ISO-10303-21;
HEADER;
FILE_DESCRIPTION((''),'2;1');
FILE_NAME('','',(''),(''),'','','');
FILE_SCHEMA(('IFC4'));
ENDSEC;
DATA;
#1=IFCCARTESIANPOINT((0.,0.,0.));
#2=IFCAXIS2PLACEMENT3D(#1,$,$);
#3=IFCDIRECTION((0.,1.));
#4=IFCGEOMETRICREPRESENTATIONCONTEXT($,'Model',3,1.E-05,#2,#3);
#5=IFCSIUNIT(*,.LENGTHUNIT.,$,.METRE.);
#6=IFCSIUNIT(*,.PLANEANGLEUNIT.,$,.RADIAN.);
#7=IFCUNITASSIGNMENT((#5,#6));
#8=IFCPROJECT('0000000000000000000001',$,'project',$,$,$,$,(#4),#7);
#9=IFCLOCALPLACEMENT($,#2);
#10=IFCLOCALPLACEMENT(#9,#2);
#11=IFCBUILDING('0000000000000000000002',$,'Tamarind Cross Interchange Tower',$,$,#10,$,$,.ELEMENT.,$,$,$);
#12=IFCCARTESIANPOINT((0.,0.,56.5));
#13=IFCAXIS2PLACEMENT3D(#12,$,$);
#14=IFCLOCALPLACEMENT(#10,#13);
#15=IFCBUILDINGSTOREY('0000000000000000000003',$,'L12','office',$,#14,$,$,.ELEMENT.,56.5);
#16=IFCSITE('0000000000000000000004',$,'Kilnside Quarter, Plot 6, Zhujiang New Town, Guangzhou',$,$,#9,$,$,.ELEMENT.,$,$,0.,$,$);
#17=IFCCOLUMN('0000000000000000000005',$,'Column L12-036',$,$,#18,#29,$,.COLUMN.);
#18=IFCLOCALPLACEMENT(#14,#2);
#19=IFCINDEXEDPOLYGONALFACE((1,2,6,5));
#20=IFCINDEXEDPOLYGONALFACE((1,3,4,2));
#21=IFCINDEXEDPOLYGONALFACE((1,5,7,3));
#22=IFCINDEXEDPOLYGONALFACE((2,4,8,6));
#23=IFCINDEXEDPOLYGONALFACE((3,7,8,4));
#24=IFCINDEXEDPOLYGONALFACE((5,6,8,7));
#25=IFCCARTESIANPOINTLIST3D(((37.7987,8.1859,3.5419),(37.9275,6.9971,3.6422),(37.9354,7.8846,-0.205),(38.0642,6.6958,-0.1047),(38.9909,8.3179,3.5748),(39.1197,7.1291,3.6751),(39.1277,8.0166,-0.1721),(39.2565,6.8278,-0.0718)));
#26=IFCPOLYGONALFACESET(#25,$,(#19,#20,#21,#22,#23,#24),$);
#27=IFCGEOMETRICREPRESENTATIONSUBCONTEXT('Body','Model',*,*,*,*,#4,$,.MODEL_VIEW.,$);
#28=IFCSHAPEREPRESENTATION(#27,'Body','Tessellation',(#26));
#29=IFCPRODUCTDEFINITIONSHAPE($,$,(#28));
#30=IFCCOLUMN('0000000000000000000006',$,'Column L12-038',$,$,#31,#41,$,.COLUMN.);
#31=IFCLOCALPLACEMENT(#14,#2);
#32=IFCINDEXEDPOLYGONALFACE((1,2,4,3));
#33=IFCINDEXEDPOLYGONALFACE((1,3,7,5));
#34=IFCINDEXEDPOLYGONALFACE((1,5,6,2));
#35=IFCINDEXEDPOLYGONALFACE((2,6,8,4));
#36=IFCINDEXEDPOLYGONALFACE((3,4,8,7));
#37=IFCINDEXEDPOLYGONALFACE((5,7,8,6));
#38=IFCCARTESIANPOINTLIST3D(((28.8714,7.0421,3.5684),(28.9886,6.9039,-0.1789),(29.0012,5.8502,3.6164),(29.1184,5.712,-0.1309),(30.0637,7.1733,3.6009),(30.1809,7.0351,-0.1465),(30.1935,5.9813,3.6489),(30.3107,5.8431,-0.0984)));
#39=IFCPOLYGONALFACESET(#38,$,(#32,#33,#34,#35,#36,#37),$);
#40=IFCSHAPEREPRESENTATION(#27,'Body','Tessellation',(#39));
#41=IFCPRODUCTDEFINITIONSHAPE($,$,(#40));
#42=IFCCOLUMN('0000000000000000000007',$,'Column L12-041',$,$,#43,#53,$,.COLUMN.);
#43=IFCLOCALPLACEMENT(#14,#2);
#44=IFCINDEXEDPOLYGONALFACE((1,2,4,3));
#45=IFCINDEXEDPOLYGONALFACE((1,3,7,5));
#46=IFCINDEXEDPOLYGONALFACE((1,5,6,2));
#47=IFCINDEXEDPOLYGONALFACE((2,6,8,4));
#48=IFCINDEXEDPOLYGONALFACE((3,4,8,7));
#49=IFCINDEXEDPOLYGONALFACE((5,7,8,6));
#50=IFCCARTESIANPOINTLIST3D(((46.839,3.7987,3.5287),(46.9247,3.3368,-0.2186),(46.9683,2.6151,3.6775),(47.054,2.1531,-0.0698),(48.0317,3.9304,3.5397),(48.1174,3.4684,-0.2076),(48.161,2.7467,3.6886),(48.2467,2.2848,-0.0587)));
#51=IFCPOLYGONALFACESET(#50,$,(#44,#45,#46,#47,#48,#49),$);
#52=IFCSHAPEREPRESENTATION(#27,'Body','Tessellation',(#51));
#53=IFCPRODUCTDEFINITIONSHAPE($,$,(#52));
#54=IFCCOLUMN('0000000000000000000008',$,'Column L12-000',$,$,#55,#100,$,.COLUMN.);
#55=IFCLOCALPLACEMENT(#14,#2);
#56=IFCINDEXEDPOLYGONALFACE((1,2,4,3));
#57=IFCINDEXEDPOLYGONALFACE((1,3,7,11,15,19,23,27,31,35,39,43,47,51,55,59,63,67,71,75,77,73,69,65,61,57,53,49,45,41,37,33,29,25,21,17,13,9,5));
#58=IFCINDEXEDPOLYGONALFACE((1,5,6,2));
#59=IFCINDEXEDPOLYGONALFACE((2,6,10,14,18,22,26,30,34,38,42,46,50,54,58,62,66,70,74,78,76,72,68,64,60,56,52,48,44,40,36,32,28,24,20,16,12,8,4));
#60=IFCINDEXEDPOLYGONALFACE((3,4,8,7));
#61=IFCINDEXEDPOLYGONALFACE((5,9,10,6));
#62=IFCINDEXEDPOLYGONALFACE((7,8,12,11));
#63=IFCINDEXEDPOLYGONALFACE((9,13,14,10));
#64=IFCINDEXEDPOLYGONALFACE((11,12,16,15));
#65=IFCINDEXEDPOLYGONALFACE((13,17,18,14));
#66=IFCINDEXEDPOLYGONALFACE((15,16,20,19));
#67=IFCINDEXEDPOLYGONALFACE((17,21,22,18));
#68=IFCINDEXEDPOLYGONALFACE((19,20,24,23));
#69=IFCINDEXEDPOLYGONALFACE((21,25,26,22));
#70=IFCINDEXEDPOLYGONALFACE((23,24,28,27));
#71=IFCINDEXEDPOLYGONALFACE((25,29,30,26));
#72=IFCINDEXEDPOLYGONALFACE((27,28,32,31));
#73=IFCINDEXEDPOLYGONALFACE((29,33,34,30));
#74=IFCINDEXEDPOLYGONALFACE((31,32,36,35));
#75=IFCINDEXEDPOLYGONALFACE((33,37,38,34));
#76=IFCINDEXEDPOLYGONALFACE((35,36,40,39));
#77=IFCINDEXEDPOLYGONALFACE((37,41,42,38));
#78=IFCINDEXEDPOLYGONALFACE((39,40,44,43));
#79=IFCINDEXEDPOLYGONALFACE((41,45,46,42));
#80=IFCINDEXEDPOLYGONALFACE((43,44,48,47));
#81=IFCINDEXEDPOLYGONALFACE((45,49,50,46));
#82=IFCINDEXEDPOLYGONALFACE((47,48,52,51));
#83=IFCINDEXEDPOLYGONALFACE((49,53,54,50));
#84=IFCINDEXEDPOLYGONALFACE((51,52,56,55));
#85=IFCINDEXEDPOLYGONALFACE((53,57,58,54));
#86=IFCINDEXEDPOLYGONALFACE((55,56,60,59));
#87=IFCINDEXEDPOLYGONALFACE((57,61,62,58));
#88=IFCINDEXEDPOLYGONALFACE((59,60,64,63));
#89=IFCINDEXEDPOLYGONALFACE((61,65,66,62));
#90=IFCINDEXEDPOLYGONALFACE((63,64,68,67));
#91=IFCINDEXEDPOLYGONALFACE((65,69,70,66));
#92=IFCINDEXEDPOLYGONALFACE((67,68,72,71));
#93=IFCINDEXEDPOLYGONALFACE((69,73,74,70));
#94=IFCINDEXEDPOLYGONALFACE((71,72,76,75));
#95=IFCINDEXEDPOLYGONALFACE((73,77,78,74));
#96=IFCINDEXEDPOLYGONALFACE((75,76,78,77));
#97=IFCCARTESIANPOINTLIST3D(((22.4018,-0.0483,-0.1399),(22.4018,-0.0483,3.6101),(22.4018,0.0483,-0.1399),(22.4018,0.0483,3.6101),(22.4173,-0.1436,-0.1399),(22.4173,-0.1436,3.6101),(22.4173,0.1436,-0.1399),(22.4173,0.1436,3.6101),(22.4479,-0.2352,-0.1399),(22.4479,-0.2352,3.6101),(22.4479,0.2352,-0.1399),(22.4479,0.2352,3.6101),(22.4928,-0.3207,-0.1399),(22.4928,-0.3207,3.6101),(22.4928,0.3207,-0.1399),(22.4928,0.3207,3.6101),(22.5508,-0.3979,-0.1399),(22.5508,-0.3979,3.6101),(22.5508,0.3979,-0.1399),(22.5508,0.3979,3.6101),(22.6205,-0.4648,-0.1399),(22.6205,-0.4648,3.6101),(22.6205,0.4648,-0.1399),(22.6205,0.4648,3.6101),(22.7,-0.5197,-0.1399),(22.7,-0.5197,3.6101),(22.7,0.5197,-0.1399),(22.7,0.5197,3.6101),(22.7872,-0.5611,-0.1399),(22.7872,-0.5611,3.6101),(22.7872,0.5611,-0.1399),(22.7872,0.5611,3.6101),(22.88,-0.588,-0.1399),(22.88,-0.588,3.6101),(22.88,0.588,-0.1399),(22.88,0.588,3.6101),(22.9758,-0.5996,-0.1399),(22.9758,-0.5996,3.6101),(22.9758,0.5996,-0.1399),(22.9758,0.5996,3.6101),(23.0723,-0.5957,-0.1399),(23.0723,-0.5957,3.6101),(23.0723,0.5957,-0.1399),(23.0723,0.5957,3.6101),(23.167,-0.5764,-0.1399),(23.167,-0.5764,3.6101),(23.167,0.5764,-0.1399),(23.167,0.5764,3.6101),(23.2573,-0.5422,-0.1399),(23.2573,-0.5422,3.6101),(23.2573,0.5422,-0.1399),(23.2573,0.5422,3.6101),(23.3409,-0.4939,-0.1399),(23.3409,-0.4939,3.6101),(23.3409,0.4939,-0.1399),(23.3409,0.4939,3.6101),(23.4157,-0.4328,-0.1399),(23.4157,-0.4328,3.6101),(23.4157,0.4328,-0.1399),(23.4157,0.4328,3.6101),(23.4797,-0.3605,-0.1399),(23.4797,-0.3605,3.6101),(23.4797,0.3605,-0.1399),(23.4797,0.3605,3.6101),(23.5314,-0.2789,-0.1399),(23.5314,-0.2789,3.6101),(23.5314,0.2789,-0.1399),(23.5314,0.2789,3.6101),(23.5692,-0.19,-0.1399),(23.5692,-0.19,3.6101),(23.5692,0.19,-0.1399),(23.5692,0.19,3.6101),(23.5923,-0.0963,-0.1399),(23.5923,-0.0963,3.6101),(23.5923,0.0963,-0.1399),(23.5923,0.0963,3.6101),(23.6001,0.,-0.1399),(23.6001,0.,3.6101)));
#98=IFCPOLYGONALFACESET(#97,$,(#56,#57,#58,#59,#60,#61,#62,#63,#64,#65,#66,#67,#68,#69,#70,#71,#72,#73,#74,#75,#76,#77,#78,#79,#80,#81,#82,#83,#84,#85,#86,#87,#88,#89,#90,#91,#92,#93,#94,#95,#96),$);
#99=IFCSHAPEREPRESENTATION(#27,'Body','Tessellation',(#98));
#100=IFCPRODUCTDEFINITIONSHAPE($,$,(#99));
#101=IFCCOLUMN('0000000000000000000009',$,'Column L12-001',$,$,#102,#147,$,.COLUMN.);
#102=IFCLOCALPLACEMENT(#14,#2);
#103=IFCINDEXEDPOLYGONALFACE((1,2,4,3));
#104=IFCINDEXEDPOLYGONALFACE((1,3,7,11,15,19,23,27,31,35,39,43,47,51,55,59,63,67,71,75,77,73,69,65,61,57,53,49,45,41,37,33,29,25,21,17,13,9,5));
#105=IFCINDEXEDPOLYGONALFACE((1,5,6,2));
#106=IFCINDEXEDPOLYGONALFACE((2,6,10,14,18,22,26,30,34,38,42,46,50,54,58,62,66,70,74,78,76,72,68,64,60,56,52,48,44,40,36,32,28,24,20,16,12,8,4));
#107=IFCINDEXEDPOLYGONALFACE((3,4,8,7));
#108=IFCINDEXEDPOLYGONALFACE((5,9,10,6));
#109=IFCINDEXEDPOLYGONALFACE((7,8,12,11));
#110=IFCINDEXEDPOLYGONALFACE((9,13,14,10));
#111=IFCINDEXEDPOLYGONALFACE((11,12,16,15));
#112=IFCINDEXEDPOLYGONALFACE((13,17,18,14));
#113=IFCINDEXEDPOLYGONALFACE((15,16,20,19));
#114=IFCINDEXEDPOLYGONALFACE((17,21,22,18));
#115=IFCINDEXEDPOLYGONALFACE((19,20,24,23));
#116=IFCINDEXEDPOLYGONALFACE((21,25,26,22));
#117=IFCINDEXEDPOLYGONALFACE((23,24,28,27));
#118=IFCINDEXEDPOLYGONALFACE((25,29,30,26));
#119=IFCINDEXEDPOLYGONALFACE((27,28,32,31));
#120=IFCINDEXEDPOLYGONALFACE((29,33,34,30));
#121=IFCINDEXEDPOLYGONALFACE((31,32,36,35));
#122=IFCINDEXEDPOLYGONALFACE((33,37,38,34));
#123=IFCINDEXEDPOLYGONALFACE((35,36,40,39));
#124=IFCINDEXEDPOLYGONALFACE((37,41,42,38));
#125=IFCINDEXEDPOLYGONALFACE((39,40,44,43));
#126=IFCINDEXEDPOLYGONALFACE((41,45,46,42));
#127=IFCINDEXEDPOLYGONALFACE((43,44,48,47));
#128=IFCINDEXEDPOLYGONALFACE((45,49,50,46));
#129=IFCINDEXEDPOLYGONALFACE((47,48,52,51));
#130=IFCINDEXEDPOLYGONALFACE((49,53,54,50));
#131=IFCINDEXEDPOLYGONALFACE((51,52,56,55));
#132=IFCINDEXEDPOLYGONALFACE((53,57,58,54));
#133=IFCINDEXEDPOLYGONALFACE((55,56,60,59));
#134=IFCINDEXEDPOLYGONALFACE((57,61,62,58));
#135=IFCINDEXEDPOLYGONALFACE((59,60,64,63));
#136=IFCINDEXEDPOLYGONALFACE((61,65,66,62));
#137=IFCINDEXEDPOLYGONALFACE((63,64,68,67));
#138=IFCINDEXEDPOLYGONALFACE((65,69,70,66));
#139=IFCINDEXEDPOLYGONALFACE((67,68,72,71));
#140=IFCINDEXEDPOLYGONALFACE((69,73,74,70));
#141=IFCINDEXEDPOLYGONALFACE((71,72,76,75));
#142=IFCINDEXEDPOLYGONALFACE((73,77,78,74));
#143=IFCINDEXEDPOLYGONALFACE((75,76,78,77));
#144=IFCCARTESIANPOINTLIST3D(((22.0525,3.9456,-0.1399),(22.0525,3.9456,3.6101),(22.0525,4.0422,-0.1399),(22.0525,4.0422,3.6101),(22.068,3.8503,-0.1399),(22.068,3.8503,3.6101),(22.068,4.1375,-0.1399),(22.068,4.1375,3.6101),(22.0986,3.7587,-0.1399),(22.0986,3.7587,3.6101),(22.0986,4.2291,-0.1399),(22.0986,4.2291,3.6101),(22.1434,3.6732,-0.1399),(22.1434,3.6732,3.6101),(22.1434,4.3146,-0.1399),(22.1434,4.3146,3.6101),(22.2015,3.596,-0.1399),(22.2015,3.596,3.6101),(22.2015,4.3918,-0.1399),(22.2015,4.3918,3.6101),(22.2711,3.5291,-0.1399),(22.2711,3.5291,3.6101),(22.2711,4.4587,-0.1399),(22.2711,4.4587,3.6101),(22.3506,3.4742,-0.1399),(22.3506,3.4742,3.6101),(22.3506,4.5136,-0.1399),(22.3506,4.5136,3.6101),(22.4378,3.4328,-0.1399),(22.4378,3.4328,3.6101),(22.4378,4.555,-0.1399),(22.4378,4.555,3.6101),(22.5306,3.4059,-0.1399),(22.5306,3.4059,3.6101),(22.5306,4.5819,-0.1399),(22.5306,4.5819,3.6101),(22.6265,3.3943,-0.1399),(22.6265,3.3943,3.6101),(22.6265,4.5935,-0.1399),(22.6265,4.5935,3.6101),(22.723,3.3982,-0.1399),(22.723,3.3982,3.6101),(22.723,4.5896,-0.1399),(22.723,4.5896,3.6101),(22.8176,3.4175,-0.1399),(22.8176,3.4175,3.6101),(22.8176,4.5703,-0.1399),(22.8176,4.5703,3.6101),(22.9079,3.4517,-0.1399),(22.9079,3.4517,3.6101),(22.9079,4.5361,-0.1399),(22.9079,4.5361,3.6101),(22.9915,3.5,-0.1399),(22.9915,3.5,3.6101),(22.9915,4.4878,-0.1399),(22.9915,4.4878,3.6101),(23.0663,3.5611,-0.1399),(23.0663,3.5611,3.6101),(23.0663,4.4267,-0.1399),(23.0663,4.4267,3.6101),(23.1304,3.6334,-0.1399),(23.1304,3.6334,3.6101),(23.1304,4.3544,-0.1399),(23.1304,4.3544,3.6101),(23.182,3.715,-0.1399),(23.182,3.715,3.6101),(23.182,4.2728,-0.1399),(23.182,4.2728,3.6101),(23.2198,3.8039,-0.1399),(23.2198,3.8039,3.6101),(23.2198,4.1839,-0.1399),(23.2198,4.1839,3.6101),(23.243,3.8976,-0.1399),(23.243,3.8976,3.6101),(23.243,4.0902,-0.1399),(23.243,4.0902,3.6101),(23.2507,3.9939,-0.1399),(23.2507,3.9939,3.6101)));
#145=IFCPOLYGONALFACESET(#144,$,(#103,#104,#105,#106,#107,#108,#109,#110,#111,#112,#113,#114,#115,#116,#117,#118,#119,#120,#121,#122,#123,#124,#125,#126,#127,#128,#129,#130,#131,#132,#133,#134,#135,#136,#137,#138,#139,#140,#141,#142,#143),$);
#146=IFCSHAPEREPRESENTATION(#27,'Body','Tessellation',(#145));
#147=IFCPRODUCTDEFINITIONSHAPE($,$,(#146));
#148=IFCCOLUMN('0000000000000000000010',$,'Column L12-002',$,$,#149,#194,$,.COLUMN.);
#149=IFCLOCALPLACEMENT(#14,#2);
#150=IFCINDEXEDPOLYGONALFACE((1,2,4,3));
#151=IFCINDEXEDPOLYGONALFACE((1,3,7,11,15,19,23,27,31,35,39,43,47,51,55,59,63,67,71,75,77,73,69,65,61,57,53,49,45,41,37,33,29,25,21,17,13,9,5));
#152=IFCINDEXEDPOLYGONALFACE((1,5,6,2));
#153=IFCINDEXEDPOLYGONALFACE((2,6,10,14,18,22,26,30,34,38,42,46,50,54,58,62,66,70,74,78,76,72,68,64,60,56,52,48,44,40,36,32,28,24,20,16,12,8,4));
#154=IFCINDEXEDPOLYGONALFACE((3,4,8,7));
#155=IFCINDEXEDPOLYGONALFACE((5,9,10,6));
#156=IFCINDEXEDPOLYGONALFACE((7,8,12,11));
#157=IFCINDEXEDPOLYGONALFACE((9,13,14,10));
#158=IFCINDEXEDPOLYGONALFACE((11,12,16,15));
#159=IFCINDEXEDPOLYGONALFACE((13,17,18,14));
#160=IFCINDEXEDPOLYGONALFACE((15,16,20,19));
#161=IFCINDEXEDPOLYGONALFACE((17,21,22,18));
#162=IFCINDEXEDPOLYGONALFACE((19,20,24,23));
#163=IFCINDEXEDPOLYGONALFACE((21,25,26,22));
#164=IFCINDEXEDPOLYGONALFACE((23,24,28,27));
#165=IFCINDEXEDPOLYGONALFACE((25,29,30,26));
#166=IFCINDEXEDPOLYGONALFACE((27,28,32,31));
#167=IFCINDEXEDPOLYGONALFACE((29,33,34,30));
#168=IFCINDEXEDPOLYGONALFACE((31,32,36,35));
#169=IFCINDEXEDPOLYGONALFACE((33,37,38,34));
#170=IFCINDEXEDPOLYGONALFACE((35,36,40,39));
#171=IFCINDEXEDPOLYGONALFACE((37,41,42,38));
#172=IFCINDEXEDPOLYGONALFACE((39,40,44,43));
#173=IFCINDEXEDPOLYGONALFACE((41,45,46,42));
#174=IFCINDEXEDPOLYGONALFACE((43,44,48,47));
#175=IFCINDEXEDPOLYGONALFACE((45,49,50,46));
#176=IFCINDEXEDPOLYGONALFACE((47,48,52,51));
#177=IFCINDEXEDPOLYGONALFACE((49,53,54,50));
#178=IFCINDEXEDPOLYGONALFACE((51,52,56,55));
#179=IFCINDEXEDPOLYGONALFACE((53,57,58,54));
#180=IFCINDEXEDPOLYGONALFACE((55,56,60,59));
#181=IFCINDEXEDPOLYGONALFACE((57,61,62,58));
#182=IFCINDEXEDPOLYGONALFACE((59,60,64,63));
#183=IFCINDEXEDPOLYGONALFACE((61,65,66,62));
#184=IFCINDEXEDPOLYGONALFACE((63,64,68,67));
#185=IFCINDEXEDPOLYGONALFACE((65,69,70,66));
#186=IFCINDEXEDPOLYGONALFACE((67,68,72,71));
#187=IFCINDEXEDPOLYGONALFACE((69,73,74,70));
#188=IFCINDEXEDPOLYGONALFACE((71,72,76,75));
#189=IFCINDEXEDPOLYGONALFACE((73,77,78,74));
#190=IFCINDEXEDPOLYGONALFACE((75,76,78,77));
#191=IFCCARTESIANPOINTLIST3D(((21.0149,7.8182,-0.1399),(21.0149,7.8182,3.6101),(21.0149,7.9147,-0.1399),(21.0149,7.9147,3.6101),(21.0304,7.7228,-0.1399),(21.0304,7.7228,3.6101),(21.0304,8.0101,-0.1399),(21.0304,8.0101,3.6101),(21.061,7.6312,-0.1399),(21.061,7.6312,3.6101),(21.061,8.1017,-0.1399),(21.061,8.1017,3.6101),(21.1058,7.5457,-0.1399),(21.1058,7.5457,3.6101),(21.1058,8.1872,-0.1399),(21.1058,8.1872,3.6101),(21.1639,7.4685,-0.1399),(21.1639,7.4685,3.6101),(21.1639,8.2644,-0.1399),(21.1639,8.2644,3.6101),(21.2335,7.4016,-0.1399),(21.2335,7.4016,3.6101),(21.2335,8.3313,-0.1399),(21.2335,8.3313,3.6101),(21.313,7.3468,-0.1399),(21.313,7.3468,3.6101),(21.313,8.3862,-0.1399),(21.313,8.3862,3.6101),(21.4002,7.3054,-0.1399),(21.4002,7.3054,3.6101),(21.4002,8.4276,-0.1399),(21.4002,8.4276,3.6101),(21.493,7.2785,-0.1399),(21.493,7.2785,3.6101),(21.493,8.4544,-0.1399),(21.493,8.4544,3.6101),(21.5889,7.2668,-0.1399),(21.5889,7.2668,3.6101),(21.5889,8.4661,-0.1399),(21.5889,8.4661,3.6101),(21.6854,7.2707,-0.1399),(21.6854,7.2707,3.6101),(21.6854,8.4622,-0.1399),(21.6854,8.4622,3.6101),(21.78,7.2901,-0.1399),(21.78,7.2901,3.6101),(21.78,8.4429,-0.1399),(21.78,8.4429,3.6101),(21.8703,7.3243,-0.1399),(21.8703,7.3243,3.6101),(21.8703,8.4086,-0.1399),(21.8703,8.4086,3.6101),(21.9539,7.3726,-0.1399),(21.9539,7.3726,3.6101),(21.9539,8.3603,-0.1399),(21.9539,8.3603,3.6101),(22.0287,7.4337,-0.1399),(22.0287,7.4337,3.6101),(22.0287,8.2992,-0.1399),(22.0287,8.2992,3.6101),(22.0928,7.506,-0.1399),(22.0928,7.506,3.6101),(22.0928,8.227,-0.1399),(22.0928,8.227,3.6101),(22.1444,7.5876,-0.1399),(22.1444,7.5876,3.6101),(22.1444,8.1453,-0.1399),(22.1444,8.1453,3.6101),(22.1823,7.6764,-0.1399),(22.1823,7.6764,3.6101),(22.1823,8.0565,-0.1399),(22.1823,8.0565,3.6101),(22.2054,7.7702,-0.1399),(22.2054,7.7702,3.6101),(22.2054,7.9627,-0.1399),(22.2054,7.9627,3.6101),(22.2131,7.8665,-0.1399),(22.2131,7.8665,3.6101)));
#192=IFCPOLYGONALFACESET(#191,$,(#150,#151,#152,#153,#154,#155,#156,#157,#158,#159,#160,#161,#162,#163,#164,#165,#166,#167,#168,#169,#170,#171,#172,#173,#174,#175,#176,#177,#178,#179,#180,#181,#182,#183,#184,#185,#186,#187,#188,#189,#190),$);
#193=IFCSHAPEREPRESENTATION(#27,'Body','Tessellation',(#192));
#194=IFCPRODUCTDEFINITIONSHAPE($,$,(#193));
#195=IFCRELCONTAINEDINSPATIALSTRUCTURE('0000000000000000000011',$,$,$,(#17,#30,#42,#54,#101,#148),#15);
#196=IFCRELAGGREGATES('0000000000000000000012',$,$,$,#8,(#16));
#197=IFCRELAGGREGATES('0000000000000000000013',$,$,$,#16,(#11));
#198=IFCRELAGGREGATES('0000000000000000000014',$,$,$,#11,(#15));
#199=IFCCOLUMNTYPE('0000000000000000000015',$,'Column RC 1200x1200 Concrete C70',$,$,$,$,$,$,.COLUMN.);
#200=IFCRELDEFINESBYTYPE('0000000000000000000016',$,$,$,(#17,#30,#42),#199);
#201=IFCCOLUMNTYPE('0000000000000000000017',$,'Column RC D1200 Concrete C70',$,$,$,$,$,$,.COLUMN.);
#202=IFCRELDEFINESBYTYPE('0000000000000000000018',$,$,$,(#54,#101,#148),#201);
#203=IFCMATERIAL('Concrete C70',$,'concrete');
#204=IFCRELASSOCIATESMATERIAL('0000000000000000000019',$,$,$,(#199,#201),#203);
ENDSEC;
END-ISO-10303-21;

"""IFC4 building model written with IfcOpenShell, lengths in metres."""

from ifc_helpers import new_model, si_unit, direction, frame, origin, origin_2d, place, context, subcontext, project, spatial, rectangle, circle, extrude, material, material_profile, profile_set, type_object, element, save


model = new_model("IFC4")

# Units and contexts
model_context = context("Model", 3, precision=1e-05, world=origin(), true_north=direction((0.0, 1.0)))
body_context = subcontext(model_context, "Body", "Model", "MODEL_VIEW")
ifc_project = project(units=[si_unit("LENGTHUNIT", "METRE"), si_unit("PLANEANGLEUNIT", "RADIAN")], contexts=[model_context])

# Site, building, storey
site_placement = place(None, origin())
site = spatial("IfcSite", under=ifc_project, at=site_placement, Name="Kilnside Quarter, Plot 6, Zhujiang New Town, Guangzhou", CompositionType="ELEMENT", RefElevation=0.0)
building_placement = place(site_placement, origin())
building = spatial("IfcBuilding", under=site, at=building_placement, Name="Tamarind Cross Interchange Tower", CompositionType="ELEMENT")
storey_placement = place(building_placement, frame((0.0, 0.0, 56.5)))
storey = spatial("IfcBuildingStorey", under=building, at=storey_placement, Name="L12", Description="office", CompositionType="ELEMENT", Elevation=56.5)

# Columns
ifc_material_1 = material(Name="Concrete C70", Category="concrete")
ifc_material_profile_1 = material_profile(ifc_material_1, rectangle(XDim=1.2, YDim=1.2, at=origin_2d()), Name="RC 1200x1200")
ifc_profile_set_1 = profile_set([ifc_material_profile_1], Name="Concrete C70")
column_type_1 = type_object("IfcColumnType", Name="Column RC 1200x1200 Concrete C70", PredefinedType="COLUMN", material=ifc_profile_set_1)
column_1_placement = place(storey_placement, frame((38.5959, 7.3562, -0.1384), z_axis=(-0.036348, 0.080095, 0.996124), x_axis=(0.107347, -0.990703, 0.083576)))
element("IfcColumn", 1, at=column_1_placement, inside=storey, type_object=column_type_1, Name="Column L12-036", PredefinedType="COLUMN", context=body_context, shape_type="SweptSolid", body=[
    extrude(rectangle(XDim=1.2, YDim=1.2, at=origin_2d()), origin(), (0.0, 0.0, 1.0), 3.7615),
])
column_2_placement = place(storey_placement, frame((29.6497, 6.3735, -0.1387), z_axis=(-0.031236, 0.036832, 0.998833), x_axis=(0.108189, -0.993325, 0.040013)))
element("IfcColumn", 2, at=column_2_placement, inside=storey, type_object=column_type_1, Name="Column L12-038", PredefinedType="COLUMN", context=body_context, shape_type="SweptSolid", body=[
    extrude(rectangle(XDim=1.2, YDim=1.2, at=origin_2d()), origin(), (0.0, 0.0, 1.0), 3.7517),
])
column_3_placement = place(storey_placement, frame((47.5857, 2.8108, -0.1387), z_axis=(-0.02269, 0.122308, 0.992233), x_axis=(0.107741, -0.986409, 0.124054)))
element("IfcColumn", 3, at=column_3_placement, inside=storey, type_object=column_type_1, Name="Column L12-041", PredefinedType="COLUMN", context=body_context, shape_type="SweptSolid", body=[
    extrude(rectangle(XDim=1.2, YDim=1.2, at=origin_2d()), origin(), (0.0, 0.0, 1.0), 3.7766),
])
ifc_material_profile_2 = material_profile(ifc_material_1, circle(Radius=0.6001, at=origin_2d()), Name="RC D1200")
ifc_profile_set_2 = profile_set([ifc_material_profile_2], Name="Concrete C70")
column_type_2 = type_object("IfcColumnType", Name="Column RC D1200 Concrete C70", PredefinedType="COLUMN", material=ifc_profile_set_2)
for number, where, z_axis, x_axis, name in (
    (4, (23.0, 0.0, -0.1399), (0.0, 0.0, 1.0), (1.0, 0.0, 0.0), "Column L12-000"),
    (5, (22.6506, 3.9939, -0.1399), (0.0, 0.0, 1.0), (1.0, 0.0, 0.0), "Column L12-001"),
    (6, (21.613, 7.8665, -0.1399), (0.0, 0.0, 1.0), (1.0, 0.0, 0.0), "Column L12-002"),
):
    element("IfcColumn", number, at=place(storey_placement, frame(where, z_axis=z_axis, x_axis=x_axis)), inside=storey, type_object=column_type_2, Name=name, PredefinedType="COLUMN", context=body_context, shape_type="SweptSolid", body=[
        extrude(circle(Radius=0.6001, at=origin_2d()), origin(), (0.0, 0.0, 1.0), 3.75),
    ])

save(model, "model.ifc")
